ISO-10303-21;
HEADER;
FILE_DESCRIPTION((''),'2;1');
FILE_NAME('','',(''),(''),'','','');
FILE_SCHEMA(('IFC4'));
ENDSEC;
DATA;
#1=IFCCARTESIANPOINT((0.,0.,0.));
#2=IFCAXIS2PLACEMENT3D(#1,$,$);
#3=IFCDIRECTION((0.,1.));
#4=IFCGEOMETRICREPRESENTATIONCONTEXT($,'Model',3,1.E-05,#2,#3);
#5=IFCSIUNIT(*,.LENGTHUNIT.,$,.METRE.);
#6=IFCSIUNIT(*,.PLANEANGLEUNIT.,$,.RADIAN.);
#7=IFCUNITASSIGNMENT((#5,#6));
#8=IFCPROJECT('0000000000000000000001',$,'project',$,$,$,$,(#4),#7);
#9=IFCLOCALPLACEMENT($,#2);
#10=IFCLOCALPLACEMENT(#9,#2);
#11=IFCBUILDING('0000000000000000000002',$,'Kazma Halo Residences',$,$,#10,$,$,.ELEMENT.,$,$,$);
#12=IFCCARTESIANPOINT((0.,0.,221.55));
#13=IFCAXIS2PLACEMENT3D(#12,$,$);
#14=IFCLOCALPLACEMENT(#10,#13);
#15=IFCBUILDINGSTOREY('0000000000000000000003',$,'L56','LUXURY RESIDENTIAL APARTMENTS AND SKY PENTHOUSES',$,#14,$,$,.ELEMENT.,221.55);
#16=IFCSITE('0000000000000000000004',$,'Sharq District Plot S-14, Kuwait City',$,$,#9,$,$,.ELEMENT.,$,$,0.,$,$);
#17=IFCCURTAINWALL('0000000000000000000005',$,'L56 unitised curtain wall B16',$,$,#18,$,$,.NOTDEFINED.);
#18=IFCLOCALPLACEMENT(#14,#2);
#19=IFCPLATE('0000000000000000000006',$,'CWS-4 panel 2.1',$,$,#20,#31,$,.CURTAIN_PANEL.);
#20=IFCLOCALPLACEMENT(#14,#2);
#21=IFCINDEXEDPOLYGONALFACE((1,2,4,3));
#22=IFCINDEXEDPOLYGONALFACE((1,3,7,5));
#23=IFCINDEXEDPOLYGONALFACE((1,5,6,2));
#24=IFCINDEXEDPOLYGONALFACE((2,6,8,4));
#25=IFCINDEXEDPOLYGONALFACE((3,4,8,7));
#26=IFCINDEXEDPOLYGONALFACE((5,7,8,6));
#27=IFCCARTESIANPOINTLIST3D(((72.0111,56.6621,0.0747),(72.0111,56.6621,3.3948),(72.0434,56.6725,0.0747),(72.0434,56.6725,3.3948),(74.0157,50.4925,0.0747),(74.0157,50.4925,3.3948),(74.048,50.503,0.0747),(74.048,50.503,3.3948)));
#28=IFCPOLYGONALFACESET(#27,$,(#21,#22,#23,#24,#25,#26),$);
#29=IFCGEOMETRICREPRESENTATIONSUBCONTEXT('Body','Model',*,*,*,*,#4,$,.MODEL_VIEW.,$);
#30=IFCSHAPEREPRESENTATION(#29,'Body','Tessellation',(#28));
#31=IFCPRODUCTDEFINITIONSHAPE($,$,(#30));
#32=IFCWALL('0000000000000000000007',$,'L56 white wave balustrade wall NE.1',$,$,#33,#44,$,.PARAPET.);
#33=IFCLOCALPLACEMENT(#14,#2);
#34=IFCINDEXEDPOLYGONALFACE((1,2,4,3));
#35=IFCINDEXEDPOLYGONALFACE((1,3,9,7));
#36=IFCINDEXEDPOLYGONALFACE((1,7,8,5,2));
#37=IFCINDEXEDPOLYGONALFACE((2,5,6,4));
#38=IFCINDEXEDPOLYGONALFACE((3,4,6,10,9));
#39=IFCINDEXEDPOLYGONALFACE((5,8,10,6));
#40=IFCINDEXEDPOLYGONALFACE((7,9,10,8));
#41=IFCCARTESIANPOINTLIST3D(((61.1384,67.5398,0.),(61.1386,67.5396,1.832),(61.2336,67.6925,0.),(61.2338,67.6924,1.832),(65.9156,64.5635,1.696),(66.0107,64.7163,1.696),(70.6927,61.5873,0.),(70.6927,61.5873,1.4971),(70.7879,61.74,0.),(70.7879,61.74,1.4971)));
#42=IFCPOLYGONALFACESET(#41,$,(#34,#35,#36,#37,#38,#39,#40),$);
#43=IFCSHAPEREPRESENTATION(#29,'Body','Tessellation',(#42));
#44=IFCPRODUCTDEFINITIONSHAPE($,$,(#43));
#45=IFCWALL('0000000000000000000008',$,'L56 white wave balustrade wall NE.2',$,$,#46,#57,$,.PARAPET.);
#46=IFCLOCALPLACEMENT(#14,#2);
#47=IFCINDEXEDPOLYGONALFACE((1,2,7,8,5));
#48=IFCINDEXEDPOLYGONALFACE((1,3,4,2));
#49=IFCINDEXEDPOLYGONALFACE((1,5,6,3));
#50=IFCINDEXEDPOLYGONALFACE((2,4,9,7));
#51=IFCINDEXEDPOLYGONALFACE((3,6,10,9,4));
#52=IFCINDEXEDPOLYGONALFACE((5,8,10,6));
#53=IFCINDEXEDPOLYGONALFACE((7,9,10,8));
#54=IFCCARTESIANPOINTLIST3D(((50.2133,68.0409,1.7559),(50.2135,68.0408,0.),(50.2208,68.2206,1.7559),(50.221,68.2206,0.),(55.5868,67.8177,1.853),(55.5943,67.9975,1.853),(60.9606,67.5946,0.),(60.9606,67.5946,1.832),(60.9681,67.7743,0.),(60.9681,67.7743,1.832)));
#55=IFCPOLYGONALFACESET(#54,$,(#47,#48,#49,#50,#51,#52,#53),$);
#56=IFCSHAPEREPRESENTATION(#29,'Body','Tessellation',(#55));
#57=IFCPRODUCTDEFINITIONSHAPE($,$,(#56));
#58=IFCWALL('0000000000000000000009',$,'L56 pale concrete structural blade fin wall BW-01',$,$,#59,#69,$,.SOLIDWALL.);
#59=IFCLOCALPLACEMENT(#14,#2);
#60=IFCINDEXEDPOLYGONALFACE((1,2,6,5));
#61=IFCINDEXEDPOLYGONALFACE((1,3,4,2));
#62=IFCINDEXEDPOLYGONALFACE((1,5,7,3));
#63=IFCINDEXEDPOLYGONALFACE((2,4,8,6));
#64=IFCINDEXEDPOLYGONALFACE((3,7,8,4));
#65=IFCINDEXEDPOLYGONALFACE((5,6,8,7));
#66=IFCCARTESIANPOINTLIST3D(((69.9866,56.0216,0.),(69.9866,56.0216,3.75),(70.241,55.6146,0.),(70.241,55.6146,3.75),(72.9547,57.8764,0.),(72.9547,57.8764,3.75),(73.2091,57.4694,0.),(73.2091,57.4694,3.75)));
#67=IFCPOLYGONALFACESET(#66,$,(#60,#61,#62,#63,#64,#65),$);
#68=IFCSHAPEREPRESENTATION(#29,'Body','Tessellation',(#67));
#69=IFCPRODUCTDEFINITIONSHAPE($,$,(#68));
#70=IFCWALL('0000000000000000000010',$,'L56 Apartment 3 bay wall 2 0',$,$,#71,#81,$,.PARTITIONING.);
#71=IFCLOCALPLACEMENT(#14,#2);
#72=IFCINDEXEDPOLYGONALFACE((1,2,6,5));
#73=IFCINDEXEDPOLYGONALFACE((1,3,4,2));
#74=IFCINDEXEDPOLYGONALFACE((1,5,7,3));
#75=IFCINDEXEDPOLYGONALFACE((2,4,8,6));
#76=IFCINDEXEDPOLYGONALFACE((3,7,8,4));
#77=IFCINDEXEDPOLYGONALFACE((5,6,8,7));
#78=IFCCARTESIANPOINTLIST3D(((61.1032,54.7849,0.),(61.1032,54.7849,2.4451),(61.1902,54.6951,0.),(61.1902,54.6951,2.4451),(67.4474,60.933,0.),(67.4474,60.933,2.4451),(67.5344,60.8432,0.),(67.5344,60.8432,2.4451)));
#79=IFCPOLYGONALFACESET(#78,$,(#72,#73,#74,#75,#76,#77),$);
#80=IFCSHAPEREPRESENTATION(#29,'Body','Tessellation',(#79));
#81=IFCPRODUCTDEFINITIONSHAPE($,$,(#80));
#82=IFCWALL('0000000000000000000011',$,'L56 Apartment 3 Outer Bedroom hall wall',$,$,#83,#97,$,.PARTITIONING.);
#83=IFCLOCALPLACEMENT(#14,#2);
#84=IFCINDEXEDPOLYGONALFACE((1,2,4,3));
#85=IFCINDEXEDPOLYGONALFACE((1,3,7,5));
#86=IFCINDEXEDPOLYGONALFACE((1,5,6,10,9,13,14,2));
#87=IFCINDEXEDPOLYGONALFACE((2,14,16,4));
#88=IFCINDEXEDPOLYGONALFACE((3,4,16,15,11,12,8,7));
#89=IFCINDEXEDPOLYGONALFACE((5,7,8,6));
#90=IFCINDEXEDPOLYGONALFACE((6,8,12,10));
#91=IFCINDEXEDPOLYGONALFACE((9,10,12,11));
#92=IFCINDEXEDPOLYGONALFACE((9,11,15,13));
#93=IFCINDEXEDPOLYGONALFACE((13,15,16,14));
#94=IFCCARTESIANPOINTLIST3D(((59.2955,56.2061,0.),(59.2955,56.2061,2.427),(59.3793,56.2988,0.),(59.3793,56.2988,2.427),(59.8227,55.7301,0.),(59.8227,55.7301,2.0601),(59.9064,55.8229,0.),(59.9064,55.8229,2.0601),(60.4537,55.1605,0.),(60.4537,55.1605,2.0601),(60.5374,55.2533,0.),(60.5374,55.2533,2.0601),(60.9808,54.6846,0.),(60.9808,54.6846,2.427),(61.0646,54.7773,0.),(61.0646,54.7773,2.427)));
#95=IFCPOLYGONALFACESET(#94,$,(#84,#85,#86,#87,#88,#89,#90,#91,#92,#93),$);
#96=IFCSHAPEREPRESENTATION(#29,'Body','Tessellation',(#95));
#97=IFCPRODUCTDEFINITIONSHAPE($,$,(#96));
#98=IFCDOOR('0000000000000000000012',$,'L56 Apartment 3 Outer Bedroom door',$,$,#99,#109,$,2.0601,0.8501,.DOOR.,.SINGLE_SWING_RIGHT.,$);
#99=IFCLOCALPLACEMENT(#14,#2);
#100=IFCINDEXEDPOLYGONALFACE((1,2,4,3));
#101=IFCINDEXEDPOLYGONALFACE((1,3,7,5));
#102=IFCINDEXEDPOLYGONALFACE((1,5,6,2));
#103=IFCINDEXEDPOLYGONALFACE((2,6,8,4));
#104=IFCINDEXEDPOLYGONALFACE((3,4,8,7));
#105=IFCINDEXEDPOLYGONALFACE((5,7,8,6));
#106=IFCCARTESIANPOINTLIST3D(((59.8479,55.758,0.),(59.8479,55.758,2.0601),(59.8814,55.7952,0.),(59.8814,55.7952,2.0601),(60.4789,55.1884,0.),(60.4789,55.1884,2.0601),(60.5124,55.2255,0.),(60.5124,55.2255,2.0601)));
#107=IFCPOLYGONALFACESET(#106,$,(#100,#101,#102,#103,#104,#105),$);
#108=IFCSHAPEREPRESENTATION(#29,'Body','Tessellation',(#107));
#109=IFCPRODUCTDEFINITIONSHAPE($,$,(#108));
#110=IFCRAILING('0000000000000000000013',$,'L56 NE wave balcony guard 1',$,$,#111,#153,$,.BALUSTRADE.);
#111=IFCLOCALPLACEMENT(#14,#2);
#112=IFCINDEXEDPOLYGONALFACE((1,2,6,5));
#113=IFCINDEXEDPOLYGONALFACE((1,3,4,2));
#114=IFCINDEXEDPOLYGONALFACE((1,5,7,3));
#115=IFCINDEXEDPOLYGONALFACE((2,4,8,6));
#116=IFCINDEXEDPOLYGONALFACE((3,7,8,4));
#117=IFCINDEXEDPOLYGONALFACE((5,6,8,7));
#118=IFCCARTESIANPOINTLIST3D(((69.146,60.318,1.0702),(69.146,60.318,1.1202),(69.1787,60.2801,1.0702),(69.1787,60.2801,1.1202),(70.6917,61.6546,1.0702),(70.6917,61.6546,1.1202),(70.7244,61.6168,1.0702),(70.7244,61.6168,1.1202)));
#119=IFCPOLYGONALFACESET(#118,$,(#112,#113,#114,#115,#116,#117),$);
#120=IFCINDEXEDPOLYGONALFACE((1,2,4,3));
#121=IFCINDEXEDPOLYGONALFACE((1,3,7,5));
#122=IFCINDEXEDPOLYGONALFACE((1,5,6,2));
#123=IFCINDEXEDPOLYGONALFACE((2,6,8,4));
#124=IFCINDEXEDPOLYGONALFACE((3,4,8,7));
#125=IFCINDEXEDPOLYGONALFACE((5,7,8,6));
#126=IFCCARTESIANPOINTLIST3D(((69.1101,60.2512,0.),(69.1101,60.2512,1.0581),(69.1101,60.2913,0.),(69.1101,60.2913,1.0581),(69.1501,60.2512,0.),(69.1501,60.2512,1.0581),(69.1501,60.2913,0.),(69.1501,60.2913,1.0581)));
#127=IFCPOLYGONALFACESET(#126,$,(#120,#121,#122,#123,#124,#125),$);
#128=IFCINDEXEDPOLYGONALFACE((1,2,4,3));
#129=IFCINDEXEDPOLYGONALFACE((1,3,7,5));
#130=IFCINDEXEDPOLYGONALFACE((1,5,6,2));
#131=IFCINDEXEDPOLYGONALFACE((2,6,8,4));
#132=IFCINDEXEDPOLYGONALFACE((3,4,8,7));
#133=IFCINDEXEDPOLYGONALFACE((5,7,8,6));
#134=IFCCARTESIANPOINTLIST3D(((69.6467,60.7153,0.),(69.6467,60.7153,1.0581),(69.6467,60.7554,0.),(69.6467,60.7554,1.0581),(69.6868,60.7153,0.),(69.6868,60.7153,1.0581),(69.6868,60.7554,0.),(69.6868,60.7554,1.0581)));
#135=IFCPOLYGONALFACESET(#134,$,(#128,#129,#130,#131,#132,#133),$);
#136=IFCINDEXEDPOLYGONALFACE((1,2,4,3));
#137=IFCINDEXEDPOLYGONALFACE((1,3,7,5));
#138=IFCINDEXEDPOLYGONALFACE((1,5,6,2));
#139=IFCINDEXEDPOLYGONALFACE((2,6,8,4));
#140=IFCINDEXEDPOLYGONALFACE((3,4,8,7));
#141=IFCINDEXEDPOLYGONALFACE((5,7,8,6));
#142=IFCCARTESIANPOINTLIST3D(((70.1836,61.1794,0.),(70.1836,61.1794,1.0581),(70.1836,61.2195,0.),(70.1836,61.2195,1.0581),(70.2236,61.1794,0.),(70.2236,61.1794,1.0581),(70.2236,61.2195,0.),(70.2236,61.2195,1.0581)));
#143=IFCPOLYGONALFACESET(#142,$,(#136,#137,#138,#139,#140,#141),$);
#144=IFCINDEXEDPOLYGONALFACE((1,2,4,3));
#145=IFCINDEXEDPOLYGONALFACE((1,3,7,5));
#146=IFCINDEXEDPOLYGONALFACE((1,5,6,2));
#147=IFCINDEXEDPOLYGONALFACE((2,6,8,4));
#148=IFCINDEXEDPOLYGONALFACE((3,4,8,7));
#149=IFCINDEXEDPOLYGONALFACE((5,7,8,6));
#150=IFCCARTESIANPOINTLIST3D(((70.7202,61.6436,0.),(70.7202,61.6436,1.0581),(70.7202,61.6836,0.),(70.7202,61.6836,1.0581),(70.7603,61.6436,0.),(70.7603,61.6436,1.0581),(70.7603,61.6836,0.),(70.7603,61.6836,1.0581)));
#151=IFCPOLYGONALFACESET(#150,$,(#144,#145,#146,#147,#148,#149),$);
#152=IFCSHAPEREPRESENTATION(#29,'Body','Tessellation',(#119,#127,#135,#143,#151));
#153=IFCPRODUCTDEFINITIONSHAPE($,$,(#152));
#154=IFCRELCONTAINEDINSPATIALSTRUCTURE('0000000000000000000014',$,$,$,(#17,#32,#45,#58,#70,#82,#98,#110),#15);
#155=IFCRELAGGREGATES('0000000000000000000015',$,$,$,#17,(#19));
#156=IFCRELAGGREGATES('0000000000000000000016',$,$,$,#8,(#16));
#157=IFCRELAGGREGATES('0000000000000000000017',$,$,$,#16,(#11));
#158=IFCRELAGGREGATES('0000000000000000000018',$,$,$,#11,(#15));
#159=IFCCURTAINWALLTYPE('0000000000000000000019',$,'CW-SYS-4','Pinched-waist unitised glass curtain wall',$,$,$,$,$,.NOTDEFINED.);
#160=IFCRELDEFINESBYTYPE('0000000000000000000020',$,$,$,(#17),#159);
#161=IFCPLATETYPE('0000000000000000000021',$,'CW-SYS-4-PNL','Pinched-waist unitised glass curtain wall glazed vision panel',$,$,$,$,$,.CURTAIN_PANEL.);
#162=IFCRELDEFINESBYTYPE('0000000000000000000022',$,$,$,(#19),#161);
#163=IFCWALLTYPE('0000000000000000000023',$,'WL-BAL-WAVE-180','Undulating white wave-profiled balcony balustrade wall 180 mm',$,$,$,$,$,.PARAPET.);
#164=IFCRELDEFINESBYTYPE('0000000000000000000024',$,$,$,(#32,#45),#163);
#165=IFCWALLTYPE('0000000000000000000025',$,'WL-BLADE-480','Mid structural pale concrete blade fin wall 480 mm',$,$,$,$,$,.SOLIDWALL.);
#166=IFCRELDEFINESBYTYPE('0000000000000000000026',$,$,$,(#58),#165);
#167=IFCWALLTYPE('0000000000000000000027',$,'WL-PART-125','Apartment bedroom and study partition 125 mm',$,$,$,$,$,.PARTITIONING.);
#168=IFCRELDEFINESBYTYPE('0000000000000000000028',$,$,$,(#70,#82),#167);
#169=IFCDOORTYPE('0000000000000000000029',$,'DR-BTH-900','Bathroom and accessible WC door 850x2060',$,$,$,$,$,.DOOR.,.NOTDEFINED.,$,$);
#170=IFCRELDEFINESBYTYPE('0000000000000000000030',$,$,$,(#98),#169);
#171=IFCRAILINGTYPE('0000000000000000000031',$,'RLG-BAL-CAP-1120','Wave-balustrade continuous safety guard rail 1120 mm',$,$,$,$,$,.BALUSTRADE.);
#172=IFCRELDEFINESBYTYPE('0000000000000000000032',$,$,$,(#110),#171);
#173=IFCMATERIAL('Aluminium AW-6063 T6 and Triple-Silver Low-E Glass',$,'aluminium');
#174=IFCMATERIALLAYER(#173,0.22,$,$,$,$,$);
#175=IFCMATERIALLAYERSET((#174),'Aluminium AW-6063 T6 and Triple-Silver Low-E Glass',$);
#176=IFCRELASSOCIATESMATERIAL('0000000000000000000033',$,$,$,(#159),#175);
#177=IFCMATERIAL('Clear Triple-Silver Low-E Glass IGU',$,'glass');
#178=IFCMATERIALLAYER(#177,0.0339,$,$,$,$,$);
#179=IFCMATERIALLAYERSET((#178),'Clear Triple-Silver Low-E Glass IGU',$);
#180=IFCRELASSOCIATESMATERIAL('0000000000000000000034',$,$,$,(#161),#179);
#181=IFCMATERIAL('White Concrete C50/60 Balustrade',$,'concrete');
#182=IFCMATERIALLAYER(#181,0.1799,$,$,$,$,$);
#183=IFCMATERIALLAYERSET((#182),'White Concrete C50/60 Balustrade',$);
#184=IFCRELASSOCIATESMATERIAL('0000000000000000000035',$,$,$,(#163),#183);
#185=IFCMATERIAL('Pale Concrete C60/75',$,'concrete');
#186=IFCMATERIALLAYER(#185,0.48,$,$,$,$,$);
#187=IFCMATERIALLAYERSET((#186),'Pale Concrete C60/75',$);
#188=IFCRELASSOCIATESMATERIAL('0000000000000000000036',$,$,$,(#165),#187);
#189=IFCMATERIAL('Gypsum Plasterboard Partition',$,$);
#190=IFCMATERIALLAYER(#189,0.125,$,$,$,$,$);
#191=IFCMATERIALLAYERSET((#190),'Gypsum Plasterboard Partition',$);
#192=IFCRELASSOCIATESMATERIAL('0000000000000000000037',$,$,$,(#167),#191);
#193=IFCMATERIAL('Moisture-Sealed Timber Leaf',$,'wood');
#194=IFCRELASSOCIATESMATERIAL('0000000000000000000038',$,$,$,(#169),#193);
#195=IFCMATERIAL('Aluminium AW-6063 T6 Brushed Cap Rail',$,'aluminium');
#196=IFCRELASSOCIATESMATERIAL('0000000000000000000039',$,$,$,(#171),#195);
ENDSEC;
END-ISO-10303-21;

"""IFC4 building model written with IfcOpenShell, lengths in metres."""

from ifc_helpers import new_model, si_unit, direction, frame, frame_2d, origin, origin_2d, place, context, subcontext, project, spatial, polyline, rectangle, outline, extrude, material, layer, layer_set, type_object, element, fill, aggregate, save


model = new_model("IFC4")

# Units and contexts
model_context = context("Model", 3, precision=1e-05, world=origin(), true_north=direction((0.0, 1.0)))
body_context = subcontext(model_context, "Body", "Model", "MODEL_VIEW")
ifc_project = project(units=[si_unit("LENGTHUNIT", "METRE"), si_unit("PLANEANGLEUNIT", "RADIAN")], contexts=[model_context])

# Site, building, storey
site_placement = place(None, origin())
site = spatial("IfcSite", under=ifc_project, at=site_placement, Name="Sharq District Plot S-14, Kuwait City", CompositionType="ELEMENT", RefElevation=0.0)
building_placement = place(site_placement, origin())
building = spatial("IfcBuilding", under=site, at=building_placement, Name="Kazma Halo Residences", CompositionType="ELEMENT")
storey_placement = place(building_placement, frame((0.0, 0.0, 221.55)))
storey = spatial("IfcBuildingStorey", under=building, at=storey_placement, Name="L56", Description="LUXURY RESIDENTIAL APARTMENTS AND SKY PENTHOUSES", CompositionType="ELEMENT", Elevation=221.55)

# Shared definitions
ifc_material_1 = material(Name="Aluminium AW-6063 T6 and Triple-Silver Low-E Glass", Category="aluminium")
ifc_layer_1 = layer(ifc_material_1, 0.22)
ifc_layer_set_1 = layer_set([ifc_layer_1], Name="Aluminium AW-6063 T6 and Triple-Silver Low-E Glass")
curtain_wall_type = type_object("IfcCurtainWallType", Name="CW-SYS-4", Description="Pinched-waist unitised glass curtain wall", PredefinedType="NOTDEFINED", material=ifc_layer_set_1)

# Curtain wall
curtain_wall_1_placement = place(storey_placement, origin())
curtain_wall_1 = element("IfcCurtainWall", 1, at=curtain_wall_1_placement, inside=storey, type_object=curtain_wall_type, Name="L56 unitised curtain wall B16", PredefinedType="NOTDEFINED")

# Plate
ifc_material_2 = material(Name="Clear Triple-Silver Low-E Glass IGU", Category="glass")
ifc_layer_2 = layer(ifc_material_2, 0.0339)
ifc_layer_set_2 = layer_set([ifc_layer_2], Name="Clear Triple-Silver Low-E Glass IGU")
plate_type = type_object("IfcPlateType", Name="CW-SYS-4-PNL", Description="Pinched-waist unitised glass curtain wall glazed vision panel", PredefinedType="CURTAIN_PANEL", material=ifc_layer_set_2)
plate_1_placement = place(storey_placement, frame((73.0295, 53.5825, 0.0747), z_axis=(0.0, 0.0, 1.0), x_axis=(-0.309016, 0.951057, 0.0)))
plate_1 = element("IfcPlate", 2, at=plate_1_placement, type_object=plate_type, Name="CWS-4 panel 2.1", PredefinedType="CURTAIN_PANEL", context=body_context, shape_type="SweptSolid", body=[
    extrude(rectangle(XDim=6.4871, YDim=0.0339, at=origin_2d()), origin(), (0.0, 0.0, 1.0), 3.3201),
])
aggregate(curtain_wall_1, [plate_1])

# Walls
ifc_material_3 = material(Name="White Concrete C50/60 Balustrade", Category="concrete")
ifc_layer_3 = layer(ifc_material_3, 0.1799)
ifc_layer_set_3 = layer_set([ifc_layer_3], Name="White Concrete C50/60 Balustrade")
wall_type_1 = type_object("IfcWallType", Name="WL-BAL-WAVE-180", Description="Undulating white wave-profiled balcony balustrade wall 180 mm", PredefinedType="PARAPET", material=ifc_layer_set_3)
wall_1_placement = place(storey_placement, frame((70.7402, 61.6636, 0.0), z_axis=(0.0, 0.0, 1.0), x_axis=(-0.848755, 0.528786, 0.0)))
element("IfcWall", 3, at=wall_1_placement, inside=storey, type_object=wall_type_1, Name="L56 white wave balustrade wall NE.1", PredefinedType="PARAPET", context=body_context, shape_type="SweptSolid", body=[
    extrude(outline(polyline([(0.0, 0.0), (11.2568, 0.0), (11.2566, 1.832), (5.6284, 1.696), (0.0, 1.4971), (0.0, 0.0)])), frame((0.0, 0.0898, 0.0), z_axis=(0.0, -1.0, 0.0), x_axis=(1.0, 0.0, 0.0)), (0.0, 0.0, 1.0), 0.1799),
])
wall_2_placement = place(storey_placement, frame((60.9644, 67.6843, 0.0), z_axis=(0.0, 0.0, 1.0), x_axis=(-0.999139, 0.041491, 0.0)))
element("IfcWall", 4, at=wall_2_placement, inside=storey, type_object=wall_type_1, Name="L56 white wave balustrade wall NE.2", PredefinedType="PARAPET", context=body_context, shape_type="SweptSolid", body=[
    extrude(outline(polyline([(0.0, 0.0), (10.7563, 0.0), (10.7566, 1.7559), (5.3784, 1.853), (0.0, 1.832), (0.0, 0.0)])), frame((0.0, 0.0898, 0.0), z_axis=(0.0, -1.0, 0.0), x_axis=(1.0, 0.0, 0.0)), (0.0, 0.0, 1.0), 0.1799),
])
ifc_material_4 = material(Name="Pale Concrete C60/75", Category="concrete")
ifc_layer_4 = layer(ifc_material_4, 0.48)
ifc_layer_set_4 = layer_set([ifc_layer_4], Name="Pale Concrete C60/75")
wall_type_2 = type_object("IfcWallType", Name="WL-BLADE-480", Description="Mid structural pale concrete blade fin wall 480 mm", PredefinedType="SOLIDWALL", material=ifc_layer_set_4)
wall_3_placement = place(storey_placement, frame((70.1138, 55.8181, 0.0), z_axis=(0.0, 0.0, 1.0), x_axis=(0.848034, 0.529943, 0.0)))
element("IfcWall", 5, at=wall_3_placement, inside=storey, type_object=wall_type_2, Name="L56 pale concrete structural blade fin wall BW-01", PredefinedType="SOLIDWALL", context=body_context, shape_type="SweptSolid", body=[
    extrude(rectangle(XDim=3.5, YDim=0.48, at=frame_2d((1.75, 0.0))), origin(), (0.0, 0.0, 1.0), 3.75),
])

# Wall
ifc_material_5 = material(Name="Gypsum Plasterboard Partition")
ifc_layer_5 = layer(ifc_material_5, 0.125)
ifc_layer_set_5 = layer_set([ifc_layer_5], Name="Gypsum Plasterboard Partition")
wall_type_3 = type_object("IfcWallType", Name="WL-PART-125", Description="Apartment bedroom and study partition 125 mm", PredefinedType="PARTITIONING", material=ifc_layer_set_5)
wall_4_placement = place(storey_placement, frame((61.1467, 54.74, 0.0), z_axis=(0.0, 0.0, 1.0), x_axis=(0.718115, 0.695924, 0.0)))
element("IfcWall", 6, at=wall_4_placement, inside=storey, type_object=wall_type_3, Name="L56 Apartment 3 bay wall 2 0", PredefinedType="PARTITIONING", context=body_context, shape_type="SweptSolid", body=[
    extrude(rectangle(XDim=8.8345, YDim=0.125, at=frame_2d((4.4172, 0.0))), origin(), (0.0, 0.0, 1.0), 2.4451),
])

# Wall, opening, door
wall_5_placement = place(storey_placement, frame((61.0227, 54.731, 0.0), z_axis=(0.0, 0.0, 1.0), x_axis=(-0.742261, 0.67011, 0.0)))
wall_5 = element("IfcWall", 7, at=wall_5_placement, inside=storey, type_object=wall_type_3, Name="L56 Apartment 3 Outer Bedroom hall wall", PredefinedType="PARTITIONING", context=body_context, shape_type="SweptSolid", body=[
    extrude(rectangle(XDim=2.2705, YDim=0.125, at=frame_2d((1.1353, 0.0))), origin(), (0.0, 0.0, 1.0), 2.427),
])
opening_1_placement = place(wall_5_placement, frame((0.7102, 0.0, 0.0)))
opening_1 = element("IfcOpeningElement", 8, at=opening_1_placement, cuts=wall_5, PredefinedType="OPENING", context=body_context, shape_type="SweptSolid", body=[
    extrude(rectangle(XDim=0.8501, YDim=2.0601, at=frame_2d((0.425, 1.03))), frame((0.0, 0.0725, 0.0), z_axis=(0.0, -1.0, 0.0), x_axis=(1.0, 0.0, 0.0)), (0.0, 0.0, 1.0), 0.145),
])
ifc_material_6 = material(Name="Moisture-Sealed Timber Leaf", Category="wood")
door_type_1 = type_object("IfcDoorType", Name="DR-BTH-900", Description="Bathroom and accessible WC door 850x2060", OperationType="NOTDEFINED", PredefinedType="DOOR", material=ifc_material_6)
door_1_placement = place(opening_1_placement, origin())
door_1 = element("IfcDoor", 9, at=door_1_placement, inside=storey, type_object=door_type_1, Name="L56 Apartment 3 Outer Bedroom door", OperationType="SINGLE_SWING_RIGHT", OverallHeight=2.0601, OverallWidth=0.8501, PredefinedType="DOOR", context=body_context, shape_type="SweptSolid", body=[
    extrude(rectangle(XDim=0.8501, YDim=2.0601, at=frame_2d((0.425, 1.03))), frame((0.0, 0.0249, 0.0), z_axis=(0.0, -1.0, 0.0), x_axis=(1.0, 0.0, 0.0)), (0.0, 0.0, 1.0), 0.05),
])
fill(opening_1, door_1)

# Railing
ifc_material_7 = material(Name="Aluminium AW-6063 T6 Brushed Cap Rail", Category="aluminium")
railing_type = type_object("IfcRailingType", Name="RLG-BAL-CAP-1120", Description="Wave-balustrade continuous safety guard rail 1120 mm", PredefinedType="BALUSTRADE", material=ifc_material_7)
railing_1_placement = place(storey_placement, frame((69.1301, 60.2712, 0.0)))
element("IfcRailing", 10, at=railing_1_placement, inside=storey, type_object=railing_type, Name="L56 NE wave balcony guard 1", PredefinedType="BALUSTRADE", context=body_context, shape_type="SweptSolid", body=[
    extrude(rectangle(XDim=0.05, YDim=0.05, at=origin_2d()), frame((0.0322, 0.0278, 1.0952), z_axis=(0.756408, 0.654101, 0.0), x_axis=(-0.654101, 0.756408, 0.0)), (0.0, 0.0, 1.0), 2.0435),
    extrude(rectangle(XDim=0.04, YDim=0.04, at=origin_2d()), origin(), (0.0, 0.0, 1.0), 1.0581),
    extrude(rectangle(XDim=0.04, YDim=0.04, at=origin_2d()), frame((0.5366, 0.4641, 0.0)), (0.0, 0.0, 1.0), 1.0581),
    extrude(rectangle(XDim=0.04, YDim=0.04, at=origin_2d()), frame((1.0735, 0.9282, 0.0)), (0.0, 0.0, 1.0), 1.0581),
    extrude(rectangle(XDim=0.04, YDim=0.04, at=origin_2d()), frame((1.6101, 1.3923, 0.0)), (0.0, 0.0, 1.0), 1.0581),
])

save(model, "model.ifc")
